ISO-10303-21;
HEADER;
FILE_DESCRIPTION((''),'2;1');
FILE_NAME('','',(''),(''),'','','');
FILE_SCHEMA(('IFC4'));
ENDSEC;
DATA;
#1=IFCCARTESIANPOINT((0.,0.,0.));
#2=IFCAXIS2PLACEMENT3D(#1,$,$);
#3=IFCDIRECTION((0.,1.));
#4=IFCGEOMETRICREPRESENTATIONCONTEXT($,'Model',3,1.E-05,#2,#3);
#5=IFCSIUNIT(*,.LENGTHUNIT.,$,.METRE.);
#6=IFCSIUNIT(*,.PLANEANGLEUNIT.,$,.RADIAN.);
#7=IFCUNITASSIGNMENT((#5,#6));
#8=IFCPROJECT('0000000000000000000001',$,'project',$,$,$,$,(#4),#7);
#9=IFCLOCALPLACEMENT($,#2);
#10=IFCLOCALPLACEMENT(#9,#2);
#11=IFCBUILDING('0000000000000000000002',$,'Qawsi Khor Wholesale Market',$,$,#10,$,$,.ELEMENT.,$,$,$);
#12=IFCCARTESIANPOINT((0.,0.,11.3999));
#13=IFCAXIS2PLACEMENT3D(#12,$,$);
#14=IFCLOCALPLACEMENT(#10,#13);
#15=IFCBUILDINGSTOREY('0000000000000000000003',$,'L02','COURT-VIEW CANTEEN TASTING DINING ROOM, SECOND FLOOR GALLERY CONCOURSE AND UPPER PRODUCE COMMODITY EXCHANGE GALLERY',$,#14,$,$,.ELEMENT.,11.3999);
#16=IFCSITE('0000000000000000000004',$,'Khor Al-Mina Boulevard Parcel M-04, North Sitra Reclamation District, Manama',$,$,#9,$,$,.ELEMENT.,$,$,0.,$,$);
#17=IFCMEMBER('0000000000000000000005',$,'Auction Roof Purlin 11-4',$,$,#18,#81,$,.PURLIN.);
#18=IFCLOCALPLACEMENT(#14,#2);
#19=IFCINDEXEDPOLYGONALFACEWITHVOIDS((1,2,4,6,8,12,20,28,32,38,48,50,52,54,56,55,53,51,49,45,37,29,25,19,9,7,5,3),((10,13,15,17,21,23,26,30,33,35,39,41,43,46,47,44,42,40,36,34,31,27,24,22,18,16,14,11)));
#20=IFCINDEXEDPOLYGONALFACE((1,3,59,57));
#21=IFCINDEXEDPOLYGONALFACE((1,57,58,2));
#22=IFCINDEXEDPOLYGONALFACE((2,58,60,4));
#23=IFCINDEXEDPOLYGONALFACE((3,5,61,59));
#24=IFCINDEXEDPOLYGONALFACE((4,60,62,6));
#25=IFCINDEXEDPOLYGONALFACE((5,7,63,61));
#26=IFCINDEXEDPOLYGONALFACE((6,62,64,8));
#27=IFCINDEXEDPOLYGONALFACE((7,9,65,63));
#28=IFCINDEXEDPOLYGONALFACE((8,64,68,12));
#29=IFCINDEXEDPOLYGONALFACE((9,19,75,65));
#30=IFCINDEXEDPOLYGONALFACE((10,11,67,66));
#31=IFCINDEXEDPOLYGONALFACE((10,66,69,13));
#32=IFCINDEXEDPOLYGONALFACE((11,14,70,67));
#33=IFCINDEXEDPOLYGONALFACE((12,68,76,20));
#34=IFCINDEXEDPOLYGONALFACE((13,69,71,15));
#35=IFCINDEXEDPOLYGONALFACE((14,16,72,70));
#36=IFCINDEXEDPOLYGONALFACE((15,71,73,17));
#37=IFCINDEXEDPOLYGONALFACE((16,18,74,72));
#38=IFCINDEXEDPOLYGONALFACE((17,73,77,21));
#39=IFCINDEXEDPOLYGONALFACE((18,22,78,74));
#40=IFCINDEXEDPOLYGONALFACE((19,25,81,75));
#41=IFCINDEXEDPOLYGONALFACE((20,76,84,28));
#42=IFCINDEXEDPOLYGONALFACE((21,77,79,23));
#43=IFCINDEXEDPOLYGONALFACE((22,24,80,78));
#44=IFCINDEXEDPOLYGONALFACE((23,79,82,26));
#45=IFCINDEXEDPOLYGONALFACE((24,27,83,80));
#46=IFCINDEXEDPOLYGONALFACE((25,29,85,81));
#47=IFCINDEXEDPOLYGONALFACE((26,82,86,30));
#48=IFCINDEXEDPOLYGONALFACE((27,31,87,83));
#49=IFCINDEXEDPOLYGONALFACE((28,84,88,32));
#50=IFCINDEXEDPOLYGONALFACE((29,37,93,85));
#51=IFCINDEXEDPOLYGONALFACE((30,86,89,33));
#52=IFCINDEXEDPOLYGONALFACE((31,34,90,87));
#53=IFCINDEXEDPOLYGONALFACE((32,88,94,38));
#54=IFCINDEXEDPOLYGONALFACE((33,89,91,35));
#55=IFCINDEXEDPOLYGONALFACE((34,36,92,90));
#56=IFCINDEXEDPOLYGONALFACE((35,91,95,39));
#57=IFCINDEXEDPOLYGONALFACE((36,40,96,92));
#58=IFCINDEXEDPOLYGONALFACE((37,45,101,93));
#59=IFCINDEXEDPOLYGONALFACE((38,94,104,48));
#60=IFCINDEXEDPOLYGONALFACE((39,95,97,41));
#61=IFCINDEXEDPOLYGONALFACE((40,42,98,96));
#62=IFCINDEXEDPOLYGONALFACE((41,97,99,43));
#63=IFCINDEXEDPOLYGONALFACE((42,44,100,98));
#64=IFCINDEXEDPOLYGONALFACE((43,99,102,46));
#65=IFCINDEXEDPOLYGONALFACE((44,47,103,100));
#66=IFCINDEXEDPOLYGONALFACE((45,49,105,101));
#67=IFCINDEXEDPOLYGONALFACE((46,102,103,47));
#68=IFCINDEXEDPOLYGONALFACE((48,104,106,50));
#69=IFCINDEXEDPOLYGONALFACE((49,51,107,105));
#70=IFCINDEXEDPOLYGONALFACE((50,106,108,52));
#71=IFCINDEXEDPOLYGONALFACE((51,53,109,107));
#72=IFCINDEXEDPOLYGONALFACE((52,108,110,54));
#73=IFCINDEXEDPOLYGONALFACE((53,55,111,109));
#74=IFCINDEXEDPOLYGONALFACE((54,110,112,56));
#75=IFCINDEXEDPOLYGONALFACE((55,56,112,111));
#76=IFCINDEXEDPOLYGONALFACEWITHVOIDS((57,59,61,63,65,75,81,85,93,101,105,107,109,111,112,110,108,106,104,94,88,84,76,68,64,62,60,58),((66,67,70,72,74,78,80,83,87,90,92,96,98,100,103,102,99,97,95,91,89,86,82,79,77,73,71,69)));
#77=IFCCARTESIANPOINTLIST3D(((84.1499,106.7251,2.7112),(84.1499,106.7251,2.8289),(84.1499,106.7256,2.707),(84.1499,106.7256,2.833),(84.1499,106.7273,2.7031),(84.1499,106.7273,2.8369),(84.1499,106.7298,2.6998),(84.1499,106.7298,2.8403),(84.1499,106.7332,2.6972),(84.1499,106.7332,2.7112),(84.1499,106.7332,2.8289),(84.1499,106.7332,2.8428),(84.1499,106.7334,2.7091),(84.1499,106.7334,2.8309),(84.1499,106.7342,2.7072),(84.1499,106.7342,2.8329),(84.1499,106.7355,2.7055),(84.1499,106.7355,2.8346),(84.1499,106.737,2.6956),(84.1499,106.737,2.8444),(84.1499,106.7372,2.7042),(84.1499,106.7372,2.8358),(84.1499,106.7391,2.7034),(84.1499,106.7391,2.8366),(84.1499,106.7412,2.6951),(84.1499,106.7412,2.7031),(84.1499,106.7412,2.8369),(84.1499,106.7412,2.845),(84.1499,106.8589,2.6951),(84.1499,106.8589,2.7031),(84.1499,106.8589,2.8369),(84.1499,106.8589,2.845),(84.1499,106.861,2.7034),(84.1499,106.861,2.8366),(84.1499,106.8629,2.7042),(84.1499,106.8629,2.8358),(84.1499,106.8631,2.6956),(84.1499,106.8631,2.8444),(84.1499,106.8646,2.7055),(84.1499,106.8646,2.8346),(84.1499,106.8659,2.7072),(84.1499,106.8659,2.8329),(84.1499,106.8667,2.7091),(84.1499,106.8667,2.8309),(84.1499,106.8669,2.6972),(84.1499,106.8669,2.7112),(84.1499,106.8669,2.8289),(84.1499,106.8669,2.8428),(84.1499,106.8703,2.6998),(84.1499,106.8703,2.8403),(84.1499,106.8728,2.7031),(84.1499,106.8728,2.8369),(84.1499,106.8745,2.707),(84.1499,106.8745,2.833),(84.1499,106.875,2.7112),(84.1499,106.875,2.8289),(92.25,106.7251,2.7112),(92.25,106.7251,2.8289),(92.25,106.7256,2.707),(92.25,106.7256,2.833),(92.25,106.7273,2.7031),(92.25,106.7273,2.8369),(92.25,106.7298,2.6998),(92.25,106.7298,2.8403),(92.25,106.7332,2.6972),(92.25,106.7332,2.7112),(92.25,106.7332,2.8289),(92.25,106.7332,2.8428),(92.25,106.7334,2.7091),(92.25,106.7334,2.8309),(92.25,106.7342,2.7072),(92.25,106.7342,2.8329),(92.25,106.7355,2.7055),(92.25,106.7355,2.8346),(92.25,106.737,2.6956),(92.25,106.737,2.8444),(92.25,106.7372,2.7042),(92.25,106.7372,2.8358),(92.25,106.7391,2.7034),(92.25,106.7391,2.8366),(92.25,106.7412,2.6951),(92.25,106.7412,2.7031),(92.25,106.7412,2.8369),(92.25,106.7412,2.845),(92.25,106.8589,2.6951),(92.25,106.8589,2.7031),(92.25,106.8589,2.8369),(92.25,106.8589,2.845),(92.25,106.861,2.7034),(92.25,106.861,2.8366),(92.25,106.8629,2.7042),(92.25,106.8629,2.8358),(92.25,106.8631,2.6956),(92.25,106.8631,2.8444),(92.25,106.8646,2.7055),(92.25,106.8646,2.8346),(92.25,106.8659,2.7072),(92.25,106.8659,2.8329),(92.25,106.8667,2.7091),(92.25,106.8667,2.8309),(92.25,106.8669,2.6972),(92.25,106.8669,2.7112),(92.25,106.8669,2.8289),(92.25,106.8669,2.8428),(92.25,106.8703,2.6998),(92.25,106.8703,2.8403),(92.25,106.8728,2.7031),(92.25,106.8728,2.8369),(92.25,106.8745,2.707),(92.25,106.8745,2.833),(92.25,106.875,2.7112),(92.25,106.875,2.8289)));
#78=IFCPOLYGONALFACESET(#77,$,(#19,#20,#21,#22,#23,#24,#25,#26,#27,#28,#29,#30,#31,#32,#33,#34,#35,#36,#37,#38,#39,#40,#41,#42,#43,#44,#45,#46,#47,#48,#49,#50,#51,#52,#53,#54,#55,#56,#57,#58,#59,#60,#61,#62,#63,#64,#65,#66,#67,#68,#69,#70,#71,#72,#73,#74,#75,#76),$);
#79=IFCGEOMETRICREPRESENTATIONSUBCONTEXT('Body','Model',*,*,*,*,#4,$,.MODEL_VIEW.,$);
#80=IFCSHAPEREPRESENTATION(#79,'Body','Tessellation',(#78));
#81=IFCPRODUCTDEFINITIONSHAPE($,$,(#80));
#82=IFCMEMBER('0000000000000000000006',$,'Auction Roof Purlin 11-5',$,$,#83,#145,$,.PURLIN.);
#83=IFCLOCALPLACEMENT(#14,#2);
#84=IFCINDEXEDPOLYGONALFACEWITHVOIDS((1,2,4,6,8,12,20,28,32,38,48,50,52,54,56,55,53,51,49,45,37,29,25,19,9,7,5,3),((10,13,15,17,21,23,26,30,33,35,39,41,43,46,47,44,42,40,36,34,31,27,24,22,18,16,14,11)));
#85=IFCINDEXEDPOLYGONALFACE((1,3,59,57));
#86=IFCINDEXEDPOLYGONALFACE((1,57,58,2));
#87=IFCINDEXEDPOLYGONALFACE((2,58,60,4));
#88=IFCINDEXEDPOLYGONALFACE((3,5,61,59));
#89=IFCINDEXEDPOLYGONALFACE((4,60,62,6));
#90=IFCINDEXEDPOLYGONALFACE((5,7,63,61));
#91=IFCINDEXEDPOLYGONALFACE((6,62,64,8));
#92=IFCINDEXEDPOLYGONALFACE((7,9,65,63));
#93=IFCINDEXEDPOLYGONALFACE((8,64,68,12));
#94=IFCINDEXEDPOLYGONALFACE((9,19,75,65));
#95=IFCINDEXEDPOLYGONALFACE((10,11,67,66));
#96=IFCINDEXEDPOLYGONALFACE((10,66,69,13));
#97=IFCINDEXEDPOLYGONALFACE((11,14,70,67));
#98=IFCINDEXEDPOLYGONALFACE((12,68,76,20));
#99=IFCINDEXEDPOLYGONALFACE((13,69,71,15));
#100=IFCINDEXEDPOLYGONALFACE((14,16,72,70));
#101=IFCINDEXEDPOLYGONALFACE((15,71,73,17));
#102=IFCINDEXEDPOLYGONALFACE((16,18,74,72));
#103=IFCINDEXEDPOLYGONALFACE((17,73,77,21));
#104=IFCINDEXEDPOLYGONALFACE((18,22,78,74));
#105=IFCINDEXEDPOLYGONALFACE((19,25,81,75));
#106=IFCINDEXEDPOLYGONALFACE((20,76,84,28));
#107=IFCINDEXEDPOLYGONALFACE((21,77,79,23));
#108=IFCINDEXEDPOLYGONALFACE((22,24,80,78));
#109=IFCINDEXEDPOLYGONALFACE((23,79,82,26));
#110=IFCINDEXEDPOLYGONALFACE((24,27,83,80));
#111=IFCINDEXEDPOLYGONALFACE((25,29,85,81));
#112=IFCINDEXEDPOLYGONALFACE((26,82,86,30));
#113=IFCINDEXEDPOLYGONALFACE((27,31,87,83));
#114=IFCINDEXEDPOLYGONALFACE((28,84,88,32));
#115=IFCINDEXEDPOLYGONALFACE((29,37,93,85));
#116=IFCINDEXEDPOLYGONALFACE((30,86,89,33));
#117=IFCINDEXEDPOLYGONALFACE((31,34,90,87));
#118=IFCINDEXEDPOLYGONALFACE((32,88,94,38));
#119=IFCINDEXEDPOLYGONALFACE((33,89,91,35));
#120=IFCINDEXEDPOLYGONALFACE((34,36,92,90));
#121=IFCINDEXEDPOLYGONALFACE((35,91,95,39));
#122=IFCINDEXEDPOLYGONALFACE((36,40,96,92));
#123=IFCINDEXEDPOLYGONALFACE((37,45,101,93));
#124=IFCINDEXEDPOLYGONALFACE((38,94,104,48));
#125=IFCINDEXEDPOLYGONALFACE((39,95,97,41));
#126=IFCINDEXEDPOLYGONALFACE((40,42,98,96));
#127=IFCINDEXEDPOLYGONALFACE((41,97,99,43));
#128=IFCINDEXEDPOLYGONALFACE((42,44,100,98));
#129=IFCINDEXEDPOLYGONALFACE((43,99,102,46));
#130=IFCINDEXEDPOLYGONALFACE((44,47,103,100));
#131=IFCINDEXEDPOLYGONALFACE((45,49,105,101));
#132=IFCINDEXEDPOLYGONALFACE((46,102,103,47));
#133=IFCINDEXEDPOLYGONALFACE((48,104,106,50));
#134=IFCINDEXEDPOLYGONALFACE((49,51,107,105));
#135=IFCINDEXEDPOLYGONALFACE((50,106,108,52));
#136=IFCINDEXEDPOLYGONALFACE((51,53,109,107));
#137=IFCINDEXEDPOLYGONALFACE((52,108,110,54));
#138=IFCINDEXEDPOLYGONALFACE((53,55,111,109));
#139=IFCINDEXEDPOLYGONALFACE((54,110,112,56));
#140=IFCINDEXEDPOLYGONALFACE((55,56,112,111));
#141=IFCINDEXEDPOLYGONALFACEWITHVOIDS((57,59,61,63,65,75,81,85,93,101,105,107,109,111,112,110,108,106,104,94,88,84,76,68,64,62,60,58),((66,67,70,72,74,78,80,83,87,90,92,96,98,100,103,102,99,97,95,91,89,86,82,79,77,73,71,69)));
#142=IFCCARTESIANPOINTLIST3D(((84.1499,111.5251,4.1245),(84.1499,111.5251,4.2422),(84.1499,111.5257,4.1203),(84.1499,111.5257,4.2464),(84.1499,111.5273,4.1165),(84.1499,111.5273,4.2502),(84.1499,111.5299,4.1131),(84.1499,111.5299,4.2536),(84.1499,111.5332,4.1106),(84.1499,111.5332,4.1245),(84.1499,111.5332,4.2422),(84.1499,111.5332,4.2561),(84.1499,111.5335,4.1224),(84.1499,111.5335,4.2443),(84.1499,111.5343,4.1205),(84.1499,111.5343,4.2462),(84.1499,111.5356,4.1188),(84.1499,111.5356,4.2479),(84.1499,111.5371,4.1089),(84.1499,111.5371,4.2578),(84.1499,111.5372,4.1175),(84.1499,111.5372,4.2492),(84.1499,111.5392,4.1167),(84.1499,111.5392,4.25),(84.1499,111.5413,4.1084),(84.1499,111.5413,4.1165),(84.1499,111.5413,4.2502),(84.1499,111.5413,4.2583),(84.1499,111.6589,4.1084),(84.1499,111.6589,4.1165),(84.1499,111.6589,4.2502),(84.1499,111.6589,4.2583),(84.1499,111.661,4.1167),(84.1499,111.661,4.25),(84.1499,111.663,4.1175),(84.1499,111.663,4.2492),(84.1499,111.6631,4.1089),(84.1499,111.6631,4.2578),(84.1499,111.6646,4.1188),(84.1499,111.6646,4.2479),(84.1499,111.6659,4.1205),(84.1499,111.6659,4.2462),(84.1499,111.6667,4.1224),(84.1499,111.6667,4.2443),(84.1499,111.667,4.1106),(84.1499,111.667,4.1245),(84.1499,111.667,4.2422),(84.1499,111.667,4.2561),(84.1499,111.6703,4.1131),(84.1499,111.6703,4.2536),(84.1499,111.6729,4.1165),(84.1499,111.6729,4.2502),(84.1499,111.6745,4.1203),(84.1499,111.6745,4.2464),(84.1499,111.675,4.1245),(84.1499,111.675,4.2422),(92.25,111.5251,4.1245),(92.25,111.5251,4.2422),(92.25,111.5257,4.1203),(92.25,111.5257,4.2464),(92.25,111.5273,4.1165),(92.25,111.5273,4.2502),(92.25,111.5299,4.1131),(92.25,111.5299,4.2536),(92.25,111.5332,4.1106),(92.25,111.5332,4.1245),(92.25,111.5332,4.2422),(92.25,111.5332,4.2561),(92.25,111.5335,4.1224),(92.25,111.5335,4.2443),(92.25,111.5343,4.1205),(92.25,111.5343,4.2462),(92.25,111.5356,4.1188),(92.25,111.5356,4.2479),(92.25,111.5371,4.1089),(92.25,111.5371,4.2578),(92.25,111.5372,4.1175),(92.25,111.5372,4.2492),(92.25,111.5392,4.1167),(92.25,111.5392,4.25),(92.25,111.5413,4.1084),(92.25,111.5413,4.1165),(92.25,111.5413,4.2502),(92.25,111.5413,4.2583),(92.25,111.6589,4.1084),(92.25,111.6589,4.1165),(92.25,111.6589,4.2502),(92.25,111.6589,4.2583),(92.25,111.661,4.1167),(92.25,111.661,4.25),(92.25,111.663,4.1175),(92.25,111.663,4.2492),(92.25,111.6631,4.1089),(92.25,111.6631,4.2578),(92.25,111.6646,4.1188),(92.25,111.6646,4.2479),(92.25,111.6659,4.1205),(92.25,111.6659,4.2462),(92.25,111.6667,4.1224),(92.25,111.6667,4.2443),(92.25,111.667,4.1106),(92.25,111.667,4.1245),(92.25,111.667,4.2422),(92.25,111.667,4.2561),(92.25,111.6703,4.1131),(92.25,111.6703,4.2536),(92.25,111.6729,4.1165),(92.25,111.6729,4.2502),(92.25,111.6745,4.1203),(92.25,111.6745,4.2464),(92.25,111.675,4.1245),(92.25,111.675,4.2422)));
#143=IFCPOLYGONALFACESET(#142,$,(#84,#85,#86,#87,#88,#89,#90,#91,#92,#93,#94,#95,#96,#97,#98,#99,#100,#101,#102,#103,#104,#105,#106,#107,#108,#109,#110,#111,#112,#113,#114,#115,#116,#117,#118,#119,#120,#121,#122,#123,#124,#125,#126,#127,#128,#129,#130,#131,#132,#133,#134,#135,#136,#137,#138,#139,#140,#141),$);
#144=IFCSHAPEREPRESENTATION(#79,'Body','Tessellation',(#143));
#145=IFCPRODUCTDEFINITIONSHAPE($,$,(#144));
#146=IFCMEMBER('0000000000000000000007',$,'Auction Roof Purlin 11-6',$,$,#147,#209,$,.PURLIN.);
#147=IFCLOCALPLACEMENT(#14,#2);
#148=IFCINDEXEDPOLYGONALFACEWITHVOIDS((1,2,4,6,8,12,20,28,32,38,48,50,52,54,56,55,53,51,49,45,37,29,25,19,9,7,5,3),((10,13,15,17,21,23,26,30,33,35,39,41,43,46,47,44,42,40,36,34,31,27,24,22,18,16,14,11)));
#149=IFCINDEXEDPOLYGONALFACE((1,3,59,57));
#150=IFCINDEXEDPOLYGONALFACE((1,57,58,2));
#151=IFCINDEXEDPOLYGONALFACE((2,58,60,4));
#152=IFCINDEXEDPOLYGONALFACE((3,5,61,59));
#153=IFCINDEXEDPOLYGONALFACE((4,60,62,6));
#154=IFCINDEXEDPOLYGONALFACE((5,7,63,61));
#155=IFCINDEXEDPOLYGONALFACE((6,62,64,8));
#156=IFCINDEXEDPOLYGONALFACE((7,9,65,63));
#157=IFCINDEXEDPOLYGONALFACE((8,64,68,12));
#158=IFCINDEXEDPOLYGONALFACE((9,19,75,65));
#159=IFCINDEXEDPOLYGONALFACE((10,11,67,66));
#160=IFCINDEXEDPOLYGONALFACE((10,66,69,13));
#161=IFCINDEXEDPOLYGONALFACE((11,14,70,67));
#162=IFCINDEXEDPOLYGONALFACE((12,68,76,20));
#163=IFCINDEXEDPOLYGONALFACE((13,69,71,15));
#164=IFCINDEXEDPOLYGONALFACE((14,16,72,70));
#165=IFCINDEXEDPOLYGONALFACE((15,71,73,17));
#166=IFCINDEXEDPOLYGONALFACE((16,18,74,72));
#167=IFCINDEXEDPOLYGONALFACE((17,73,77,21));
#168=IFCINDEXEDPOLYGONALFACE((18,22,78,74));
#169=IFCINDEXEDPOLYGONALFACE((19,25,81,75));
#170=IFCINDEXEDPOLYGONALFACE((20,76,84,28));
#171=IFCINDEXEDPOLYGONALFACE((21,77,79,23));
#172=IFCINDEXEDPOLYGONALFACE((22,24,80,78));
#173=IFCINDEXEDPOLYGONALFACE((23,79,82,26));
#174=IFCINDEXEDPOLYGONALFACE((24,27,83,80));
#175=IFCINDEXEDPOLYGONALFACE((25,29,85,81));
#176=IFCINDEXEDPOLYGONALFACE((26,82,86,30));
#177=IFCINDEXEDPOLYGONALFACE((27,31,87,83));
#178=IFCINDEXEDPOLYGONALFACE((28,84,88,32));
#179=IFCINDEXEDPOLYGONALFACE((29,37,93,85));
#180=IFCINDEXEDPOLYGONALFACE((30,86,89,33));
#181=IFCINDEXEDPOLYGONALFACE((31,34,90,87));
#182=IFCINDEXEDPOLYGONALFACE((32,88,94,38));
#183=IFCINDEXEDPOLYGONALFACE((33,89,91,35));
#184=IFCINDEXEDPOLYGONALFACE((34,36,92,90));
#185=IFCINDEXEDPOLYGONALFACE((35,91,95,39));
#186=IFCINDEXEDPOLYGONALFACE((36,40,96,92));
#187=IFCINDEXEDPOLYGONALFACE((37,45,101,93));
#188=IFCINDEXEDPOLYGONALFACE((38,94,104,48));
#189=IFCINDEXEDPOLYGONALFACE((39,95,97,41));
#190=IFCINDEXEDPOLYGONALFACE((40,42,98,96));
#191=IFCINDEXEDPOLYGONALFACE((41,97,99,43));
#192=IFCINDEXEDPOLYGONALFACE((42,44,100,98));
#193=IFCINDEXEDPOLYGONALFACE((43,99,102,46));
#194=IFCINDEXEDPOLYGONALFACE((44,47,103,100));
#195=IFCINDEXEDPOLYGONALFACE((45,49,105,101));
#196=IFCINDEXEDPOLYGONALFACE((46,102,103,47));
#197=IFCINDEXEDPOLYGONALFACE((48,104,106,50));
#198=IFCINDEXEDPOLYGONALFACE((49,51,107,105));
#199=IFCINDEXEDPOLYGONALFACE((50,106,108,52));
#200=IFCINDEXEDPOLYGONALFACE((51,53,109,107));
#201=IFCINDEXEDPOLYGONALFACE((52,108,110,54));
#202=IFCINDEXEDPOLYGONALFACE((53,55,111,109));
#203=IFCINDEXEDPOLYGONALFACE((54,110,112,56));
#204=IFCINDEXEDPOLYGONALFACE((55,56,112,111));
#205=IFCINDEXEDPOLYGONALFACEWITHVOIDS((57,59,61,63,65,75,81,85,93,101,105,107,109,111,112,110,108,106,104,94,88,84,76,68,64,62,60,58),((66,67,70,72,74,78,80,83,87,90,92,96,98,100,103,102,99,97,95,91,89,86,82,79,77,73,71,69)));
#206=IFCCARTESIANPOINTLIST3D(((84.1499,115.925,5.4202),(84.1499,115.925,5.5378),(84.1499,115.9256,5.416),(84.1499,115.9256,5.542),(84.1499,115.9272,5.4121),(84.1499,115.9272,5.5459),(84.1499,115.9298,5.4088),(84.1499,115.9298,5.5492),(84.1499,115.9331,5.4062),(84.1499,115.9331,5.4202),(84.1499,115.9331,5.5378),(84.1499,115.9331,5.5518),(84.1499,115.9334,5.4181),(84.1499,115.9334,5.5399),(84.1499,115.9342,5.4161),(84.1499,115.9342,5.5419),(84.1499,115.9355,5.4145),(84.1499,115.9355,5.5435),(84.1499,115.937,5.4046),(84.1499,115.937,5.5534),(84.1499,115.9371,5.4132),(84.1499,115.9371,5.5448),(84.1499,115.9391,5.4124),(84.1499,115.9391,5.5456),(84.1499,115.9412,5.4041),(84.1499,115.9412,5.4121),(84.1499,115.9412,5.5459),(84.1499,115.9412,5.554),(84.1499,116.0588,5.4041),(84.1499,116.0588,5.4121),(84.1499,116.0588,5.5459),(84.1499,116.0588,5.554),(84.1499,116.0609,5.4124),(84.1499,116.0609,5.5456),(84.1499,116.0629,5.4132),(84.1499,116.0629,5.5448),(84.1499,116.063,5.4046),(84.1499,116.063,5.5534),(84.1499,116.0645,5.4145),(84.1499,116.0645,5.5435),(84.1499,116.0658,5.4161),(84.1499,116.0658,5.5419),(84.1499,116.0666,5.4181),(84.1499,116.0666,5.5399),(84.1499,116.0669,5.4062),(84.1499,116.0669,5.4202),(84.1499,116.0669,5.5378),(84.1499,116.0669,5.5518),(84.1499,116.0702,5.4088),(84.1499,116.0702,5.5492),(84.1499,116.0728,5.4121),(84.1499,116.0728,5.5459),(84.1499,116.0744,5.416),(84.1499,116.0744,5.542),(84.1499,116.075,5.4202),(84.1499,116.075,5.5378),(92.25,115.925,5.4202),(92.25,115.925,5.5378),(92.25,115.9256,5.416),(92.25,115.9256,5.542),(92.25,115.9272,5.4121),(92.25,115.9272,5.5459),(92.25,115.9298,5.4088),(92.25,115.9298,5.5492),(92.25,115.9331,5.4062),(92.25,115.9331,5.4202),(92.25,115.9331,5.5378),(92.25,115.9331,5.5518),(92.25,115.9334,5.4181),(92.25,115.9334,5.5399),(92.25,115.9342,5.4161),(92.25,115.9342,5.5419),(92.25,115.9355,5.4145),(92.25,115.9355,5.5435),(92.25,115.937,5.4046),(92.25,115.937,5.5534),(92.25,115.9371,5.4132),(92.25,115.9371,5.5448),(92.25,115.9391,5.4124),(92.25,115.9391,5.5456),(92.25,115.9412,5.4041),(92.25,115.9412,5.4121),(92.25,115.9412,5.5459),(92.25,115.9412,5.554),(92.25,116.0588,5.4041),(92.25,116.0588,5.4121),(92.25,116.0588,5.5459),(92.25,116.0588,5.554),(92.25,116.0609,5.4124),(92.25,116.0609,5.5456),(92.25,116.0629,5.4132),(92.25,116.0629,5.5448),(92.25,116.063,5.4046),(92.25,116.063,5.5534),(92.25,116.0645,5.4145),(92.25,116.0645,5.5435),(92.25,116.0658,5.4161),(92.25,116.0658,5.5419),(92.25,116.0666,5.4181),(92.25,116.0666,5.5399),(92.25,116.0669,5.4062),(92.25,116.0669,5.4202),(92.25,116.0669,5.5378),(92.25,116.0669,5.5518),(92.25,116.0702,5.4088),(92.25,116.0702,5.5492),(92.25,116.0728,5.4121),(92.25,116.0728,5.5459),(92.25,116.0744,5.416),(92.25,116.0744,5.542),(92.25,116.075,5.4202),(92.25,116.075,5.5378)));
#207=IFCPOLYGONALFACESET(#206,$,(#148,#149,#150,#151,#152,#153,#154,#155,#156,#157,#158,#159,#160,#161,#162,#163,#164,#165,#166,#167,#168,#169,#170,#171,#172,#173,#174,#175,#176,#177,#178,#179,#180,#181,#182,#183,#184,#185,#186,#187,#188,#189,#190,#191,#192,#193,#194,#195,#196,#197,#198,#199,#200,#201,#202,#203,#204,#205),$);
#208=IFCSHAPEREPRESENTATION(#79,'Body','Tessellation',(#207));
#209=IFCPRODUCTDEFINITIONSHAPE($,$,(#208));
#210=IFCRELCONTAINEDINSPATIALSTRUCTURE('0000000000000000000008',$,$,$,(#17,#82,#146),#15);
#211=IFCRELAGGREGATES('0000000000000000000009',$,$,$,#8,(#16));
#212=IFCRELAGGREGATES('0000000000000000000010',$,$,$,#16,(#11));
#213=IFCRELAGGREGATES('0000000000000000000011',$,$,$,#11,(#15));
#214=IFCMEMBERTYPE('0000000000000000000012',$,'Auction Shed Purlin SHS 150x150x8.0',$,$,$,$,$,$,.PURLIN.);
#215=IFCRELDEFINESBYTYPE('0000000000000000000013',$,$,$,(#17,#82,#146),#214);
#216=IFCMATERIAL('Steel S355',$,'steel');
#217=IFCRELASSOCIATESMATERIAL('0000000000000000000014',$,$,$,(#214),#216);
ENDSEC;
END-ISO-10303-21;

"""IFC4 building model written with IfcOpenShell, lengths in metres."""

from ifc_helpers import new_model, si_unit, direction, frame, origin, origin_2d, place, context, subcontext, project, spatial, hollow_rectangle, extrude, material, material_profile, profile_set, type_object, element, save


model = new_model("IFC4")

# Units and contexts
model_context = context("Model", 3, precision=1e-05, world=origin(), true_north=direction((0.0, 1.0)))
body_context = subcontext(model_context, "Body", "Model", "MODEL_VIEW")
ifc_project = project(units=[si_unit("LENGTHUNIT", "METRE"), si_unit("PLANEANGLEUNIT", "RADIAN")], contexts=[model_context])

# Site, building, storey
site_placement = place(None, origin())
site = spatial("IfcSite", under=ifc_project, at=site_placement, Name="Khor Al-Mina Boulevard Parcel M-04, North Sitra Reclamation District, Manama", CompositionType="ELEMENT", RefElevation=0.0)
building_placement = place(site_placement, origin())
building = spatial("IfcBuilding", under=site, at=building_placement, Name="Qawsi Khor Wholesale Market", CompositionType="ELEMENT")
storey_placement = place(building_placement, frame((0.0, 0.0, 11.3999)))
storey = spatial("IfcBuildingStorey", under=building, at=storey_placement, Name="L02", Description="COURT-VIEW CANTEEN TASTING DINING ROOM, SECOND FLOOR GALLERY CONCOURSE AND UPPER PRODUCE COMMODITY EXCHANGE GALLERY", CompositionType="ELEMENT", Elevation=11.3999)

# Members
ifc_material_1 = material(Name="Steel S355", Category="steel")
ifc_material_profile_1 = material_profile(ifc_material_1, hollow_rectangle(XDim=0.1499, YDim=0.1499, WallThickness=0.0081, InnerFilletRadius=0.0081, OuterFilletRadius=0.0161, at=origin_2d()), Name="SHS 150x150x8.0")
ifc_profile_set_1 = profile_set([ifc_material_profile_1], Name="Steel S355")
member_type_1 = type_object("IfcMemberType", Name="Auction Shed Purlin SHS 150x150x8.0", PredefinedType="PURLIN", material=ifc_profile_set_1)
for number, where, z_axis, x_axis, name in (
    (1, (84.1499, 106.8, 2.77), (1.0, 0.0, 0.0), (0.0, 1.0, 0.0), "Auction Roof Purlin 11-4"),
    (2, (84.1499, 111.6001, 4.1833), (1.0, 0.0, 0.0), (0.0, 1.0, 0.0), "Auction Roof Purlin 11-5"),
    (3, (84.1499, 116.0, 5.479), (1.0, 0.0, 0.0), (0.0, 1.0, 0.0), "Auction Roof Purlin 11-6"),
):
    element("IfcMember", number, at=place(storey_placement, frame(where, z_axis=z_axis, x_axis=x_axis)), inside=storey, type_object=member_type_1, Name=name, PredefinedType="PURLIN", context=body_context, shape_type="SweptSolid", body=[
        extrude(hollow_rectangle(XDim=0.1499, YDim=0.1499, WallThickness=0.0081, InnerFilletRadius=0.0081, OuterFilletRadius=0.0161, at=origin_2d()), origin(), (0.0, 0.0, 1.0), 8.1001),
    ])

save(model, "model.ifc")
